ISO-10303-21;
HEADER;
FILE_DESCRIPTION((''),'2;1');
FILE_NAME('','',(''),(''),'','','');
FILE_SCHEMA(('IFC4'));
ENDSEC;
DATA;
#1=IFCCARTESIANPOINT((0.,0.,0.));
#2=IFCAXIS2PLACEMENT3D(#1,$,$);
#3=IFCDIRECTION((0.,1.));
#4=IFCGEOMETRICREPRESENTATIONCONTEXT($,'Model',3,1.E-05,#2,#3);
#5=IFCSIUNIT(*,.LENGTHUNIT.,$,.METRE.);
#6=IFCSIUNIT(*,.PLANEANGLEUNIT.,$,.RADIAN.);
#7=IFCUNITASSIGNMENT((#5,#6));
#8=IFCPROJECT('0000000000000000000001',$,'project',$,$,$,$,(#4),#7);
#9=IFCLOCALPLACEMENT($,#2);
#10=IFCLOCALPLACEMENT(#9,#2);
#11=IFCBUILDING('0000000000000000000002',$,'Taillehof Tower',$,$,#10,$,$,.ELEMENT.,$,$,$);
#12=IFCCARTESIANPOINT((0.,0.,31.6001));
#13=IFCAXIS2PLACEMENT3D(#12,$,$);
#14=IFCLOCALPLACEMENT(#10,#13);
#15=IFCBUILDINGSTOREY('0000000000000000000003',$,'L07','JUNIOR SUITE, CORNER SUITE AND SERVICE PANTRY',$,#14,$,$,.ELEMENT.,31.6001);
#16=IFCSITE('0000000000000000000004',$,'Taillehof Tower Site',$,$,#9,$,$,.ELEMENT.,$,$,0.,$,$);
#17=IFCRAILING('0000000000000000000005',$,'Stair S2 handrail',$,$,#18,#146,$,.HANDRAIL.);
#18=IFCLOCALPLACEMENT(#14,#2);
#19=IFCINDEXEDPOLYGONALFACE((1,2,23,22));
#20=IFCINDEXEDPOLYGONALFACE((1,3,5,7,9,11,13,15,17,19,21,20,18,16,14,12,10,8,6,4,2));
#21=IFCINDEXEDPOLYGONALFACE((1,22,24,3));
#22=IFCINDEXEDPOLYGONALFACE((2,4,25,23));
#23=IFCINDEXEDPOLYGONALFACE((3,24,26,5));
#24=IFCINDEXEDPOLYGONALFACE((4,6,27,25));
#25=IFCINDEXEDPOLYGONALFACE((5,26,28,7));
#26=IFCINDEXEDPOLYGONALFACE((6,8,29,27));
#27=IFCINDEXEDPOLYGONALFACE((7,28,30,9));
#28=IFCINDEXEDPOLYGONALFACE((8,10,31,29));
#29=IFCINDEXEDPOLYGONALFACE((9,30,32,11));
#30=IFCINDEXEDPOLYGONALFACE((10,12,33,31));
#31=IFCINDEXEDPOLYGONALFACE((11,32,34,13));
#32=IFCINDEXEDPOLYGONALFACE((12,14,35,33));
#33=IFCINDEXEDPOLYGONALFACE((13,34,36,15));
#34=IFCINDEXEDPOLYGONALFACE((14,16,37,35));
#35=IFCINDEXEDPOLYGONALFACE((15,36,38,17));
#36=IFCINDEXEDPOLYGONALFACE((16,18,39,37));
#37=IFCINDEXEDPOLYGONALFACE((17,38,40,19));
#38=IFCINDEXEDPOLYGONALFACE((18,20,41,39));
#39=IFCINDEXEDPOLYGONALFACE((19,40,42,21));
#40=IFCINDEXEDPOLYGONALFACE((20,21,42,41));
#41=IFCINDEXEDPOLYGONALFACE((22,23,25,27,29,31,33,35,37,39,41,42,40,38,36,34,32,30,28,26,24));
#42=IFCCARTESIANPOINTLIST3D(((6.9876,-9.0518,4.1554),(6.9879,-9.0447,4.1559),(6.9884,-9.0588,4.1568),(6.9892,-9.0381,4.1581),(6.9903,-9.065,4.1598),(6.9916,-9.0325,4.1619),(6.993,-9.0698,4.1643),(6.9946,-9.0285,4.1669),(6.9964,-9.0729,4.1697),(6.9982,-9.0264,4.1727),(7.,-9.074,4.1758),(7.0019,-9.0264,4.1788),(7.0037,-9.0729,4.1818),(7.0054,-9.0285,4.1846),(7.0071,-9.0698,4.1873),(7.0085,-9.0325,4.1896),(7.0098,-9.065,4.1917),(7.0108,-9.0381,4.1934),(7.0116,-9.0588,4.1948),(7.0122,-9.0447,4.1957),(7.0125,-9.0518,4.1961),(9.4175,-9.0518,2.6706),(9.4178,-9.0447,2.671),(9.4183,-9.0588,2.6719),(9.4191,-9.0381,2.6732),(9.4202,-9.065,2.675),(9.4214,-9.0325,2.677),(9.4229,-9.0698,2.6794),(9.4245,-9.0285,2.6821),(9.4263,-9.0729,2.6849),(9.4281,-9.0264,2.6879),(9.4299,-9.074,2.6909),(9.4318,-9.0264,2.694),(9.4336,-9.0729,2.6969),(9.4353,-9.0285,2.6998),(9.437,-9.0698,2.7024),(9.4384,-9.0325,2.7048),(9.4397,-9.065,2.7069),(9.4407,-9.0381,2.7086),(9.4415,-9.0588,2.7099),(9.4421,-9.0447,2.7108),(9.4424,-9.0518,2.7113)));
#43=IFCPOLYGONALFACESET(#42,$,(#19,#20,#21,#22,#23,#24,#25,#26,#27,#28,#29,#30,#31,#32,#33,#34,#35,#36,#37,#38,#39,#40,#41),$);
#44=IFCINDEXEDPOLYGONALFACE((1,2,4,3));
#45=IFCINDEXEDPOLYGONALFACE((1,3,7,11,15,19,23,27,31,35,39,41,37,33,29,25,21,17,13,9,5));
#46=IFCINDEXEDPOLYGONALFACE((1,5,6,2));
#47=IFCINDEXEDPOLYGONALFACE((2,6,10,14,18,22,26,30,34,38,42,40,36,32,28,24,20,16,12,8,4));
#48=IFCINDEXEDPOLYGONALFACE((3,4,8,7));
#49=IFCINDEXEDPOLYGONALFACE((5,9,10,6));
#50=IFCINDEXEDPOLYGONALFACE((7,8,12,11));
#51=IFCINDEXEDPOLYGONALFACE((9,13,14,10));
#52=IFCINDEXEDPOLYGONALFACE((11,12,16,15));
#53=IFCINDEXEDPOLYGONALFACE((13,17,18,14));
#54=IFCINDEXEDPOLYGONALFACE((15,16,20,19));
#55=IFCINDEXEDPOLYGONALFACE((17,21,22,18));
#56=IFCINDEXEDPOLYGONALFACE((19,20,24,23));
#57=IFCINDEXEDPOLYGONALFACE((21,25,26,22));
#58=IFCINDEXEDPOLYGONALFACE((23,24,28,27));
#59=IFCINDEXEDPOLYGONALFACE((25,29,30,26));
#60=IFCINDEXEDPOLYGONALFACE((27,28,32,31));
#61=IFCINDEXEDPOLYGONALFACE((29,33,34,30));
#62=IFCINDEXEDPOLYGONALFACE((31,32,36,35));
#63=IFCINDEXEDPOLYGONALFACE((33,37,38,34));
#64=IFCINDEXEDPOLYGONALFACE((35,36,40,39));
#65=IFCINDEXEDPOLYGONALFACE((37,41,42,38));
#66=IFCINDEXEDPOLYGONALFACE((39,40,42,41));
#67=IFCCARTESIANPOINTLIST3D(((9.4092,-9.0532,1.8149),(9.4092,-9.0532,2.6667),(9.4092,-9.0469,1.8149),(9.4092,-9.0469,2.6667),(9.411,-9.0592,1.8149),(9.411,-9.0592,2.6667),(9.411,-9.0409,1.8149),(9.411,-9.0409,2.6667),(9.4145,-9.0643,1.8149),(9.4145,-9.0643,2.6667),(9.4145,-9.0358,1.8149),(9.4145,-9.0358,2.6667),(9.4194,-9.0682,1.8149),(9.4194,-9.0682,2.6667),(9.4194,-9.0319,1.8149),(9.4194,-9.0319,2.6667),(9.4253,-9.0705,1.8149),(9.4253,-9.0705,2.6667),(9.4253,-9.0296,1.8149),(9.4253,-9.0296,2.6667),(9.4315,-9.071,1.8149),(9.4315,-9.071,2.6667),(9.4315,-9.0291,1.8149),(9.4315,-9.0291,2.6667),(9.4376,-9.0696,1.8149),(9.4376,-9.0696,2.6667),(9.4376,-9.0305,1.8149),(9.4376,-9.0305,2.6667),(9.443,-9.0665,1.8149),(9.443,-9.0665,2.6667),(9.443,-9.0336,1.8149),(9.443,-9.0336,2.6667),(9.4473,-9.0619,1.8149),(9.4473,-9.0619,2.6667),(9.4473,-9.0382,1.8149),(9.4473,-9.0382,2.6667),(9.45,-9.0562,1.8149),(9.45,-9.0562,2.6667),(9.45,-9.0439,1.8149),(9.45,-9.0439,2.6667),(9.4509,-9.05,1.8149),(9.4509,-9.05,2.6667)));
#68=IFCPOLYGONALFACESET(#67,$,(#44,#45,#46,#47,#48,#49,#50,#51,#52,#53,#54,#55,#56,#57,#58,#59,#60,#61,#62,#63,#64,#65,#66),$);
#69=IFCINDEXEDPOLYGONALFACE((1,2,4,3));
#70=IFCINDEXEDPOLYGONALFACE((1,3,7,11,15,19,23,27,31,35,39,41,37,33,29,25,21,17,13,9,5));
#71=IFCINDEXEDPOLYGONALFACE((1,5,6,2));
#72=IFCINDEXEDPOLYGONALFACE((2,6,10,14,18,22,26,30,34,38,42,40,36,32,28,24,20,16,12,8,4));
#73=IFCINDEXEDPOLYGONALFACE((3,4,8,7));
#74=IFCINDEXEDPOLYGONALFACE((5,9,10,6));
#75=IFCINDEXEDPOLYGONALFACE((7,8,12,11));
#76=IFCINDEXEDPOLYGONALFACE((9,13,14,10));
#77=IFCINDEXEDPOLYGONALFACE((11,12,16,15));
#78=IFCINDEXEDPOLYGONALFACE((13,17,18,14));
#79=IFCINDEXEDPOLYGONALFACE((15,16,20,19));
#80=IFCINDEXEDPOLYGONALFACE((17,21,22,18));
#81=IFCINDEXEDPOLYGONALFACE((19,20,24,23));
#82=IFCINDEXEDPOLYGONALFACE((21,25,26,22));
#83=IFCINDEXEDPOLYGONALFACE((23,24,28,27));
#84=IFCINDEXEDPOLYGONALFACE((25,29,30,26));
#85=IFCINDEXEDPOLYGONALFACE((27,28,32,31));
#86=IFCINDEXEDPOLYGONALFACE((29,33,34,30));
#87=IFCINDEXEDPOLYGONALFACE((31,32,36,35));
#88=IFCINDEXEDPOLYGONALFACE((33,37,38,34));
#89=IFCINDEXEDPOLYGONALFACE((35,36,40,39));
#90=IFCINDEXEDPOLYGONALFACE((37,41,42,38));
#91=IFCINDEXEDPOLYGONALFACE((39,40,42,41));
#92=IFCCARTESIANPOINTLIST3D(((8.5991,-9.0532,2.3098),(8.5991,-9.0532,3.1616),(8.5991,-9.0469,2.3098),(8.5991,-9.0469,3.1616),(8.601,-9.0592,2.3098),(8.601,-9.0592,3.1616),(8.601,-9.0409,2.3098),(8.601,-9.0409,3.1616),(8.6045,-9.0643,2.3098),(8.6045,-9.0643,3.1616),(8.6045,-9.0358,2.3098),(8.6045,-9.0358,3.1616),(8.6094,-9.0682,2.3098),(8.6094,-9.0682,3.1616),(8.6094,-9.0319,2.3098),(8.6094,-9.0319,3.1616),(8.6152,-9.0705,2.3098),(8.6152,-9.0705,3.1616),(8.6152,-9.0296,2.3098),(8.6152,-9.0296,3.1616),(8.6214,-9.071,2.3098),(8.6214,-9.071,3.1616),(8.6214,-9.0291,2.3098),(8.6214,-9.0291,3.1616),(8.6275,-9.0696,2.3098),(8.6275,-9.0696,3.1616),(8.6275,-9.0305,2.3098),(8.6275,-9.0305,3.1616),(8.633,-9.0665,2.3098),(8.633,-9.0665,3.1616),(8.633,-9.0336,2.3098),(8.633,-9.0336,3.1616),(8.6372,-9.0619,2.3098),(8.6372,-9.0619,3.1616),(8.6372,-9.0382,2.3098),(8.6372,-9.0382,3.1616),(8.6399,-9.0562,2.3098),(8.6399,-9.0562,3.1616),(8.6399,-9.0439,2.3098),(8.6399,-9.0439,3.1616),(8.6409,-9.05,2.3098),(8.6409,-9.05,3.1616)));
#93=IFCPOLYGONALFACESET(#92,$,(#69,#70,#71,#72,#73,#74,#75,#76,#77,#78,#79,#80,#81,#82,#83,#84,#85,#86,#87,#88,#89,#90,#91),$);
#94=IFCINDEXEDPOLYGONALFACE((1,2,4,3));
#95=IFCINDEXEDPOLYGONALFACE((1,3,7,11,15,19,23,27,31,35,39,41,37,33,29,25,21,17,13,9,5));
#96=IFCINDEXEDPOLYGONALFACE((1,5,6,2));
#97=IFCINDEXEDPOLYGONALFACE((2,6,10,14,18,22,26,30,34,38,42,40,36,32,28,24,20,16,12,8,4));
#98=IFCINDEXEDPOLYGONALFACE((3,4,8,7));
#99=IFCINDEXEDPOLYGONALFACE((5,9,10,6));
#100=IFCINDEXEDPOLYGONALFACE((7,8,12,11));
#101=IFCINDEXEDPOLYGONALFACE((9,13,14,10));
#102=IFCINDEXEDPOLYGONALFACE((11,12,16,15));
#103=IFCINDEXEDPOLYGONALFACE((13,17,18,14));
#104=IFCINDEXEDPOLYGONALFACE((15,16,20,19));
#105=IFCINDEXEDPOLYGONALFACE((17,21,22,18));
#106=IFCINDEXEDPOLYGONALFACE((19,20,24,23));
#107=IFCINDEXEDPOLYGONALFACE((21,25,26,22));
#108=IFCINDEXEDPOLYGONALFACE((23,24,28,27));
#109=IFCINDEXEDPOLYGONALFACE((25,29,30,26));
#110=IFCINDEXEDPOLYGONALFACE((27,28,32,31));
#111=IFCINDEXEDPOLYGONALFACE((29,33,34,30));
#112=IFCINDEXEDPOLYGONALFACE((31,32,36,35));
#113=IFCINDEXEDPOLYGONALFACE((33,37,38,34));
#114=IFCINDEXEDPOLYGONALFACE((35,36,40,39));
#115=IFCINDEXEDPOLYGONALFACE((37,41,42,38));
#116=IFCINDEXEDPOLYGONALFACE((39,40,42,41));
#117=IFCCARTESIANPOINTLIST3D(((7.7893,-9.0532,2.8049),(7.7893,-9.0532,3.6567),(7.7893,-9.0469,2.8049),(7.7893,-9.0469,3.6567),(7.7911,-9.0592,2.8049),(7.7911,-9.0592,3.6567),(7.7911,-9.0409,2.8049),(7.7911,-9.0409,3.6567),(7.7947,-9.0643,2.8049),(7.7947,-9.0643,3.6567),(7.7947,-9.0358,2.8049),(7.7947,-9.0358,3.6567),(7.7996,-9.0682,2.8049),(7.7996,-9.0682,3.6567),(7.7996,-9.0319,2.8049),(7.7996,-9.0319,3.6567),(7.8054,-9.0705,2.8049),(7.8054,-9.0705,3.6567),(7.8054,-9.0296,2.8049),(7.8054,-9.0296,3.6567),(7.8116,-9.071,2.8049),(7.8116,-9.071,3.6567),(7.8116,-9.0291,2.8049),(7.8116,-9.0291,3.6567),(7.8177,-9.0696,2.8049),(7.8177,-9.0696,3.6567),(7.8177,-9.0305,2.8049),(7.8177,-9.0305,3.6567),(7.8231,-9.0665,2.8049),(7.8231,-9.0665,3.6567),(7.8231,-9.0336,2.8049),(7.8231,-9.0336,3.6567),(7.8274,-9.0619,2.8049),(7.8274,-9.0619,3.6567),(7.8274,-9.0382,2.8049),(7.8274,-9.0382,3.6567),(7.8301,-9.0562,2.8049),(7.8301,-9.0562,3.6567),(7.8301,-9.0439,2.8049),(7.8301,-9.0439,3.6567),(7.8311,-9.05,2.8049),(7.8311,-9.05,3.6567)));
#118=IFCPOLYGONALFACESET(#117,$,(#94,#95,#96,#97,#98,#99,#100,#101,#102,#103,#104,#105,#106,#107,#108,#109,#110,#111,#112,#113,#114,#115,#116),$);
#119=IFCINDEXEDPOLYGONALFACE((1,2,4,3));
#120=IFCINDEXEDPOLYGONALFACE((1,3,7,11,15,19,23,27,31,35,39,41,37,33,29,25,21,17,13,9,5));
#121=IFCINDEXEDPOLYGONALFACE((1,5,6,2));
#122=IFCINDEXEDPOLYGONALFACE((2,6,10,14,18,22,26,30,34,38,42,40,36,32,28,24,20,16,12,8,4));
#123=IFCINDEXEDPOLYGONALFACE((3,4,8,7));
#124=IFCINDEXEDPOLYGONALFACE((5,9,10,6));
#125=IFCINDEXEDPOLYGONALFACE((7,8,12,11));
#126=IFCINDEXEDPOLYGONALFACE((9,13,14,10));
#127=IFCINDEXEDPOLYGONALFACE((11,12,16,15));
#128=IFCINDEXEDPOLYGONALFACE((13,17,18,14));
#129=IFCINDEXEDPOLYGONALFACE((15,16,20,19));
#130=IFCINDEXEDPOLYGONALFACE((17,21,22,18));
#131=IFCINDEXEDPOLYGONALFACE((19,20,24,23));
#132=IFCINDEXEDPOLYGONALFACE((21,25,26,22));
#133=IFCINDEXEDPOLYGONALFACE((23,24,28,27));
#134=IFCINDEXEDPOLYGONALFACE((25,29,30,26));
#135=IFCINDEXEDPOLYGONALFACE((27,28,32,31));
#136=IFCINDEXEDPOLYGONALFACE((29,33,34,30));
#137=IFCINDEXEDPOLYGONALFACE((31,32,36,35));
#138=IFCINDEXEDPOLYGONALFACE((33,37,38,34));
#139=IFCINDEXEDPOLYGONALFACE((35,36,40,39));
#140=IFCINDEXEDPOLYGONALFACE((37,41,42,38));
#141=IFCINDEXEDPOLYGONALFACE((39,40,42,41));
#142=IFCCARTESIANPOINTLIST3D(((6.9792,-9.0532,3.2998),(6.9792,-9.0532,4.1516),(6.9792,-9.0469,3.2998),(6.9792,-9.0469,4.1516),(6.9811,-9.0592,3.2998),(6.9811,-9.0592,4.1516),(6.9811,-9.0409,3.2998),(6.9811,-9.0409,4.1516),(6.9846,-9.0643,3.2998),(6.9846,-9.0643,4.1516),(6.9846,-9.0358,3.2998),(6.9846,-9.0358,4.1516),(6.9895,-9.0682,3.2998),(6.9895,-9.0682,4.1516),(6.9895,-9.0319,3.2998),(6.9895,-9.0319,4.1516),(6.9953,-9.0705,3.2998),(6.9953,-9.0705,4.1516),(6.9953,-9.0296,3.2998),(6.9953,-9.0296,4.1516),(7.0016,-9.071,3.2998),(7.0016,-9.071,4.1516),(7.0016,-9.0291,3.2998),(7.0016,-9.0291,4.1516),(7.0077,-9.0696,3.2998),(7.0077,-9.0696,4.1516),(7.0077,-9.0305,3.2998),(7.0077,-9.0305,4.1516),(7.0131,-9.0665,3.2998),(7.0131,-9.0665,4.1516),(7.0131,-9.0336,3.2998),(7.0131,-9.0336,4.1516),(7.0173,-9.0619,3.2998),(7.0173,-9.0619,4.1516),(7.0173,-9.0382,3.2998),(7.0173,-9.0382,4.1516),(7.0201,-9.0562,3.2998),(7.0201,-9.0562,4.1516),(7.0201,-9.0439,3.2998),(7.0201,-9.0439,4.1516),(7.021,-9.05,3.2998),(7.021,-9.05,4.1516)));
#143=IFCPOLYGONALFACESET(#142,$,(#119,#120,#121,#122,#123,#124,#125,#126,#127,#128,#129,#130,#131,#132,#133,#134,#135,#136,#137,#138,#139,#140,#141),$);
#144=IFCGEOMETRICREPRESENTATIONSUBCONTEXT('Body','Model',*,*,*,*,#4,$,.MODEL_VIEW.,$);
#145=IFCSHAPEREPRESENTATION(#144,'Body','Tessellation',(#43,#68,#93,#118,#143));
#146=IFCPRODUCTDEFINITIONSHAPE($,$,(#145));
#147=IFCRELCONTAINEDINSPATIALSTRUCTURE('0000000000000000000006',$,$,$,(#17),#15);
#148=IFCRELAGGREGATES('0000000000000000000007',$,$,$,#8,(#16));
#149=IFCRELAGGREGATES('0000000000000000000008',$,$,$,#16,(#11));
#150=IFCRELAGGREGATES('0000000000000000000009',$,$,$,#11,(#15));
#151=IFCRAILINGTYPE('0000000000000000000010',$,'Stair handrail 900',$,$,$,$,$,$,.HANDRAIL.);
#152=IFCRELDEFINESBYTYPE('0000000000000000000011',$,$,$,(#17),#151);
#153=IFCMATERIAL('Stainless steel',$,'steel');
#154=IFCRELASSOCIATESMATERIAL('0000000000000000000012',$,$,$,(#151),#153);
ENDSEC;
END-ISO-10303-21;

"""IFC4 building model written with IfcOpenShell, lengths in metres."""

from ifc_helpers import new_model, si_unit, direction, frame, origin, origin_2d, place, context, subcontext, project, spatial, circle, extrude, material, type_object, element, save


model = new_model("IFC4")

# Units and contexts
model_context = context("Model", 3, precision=1e-05, world=origin(), true_north=direction((0.0, 1.0)))
body_context = subcontext(model_context, "Body", "Model", "MODEL_VIEW")
ifc_project = project(units=[si_unit("LENGTHUNIT", "METRE"), si_unit("PLANEANGLEUNIT", "RADIAN")], contexts=[model_context])

# Site, building, storey
site_placement = place(None, origin())
site = spatial("IfcSite", under=ifc_project, at=site_placement, Name="Taillehof Tower Site", CompositionType="ELEMENT", RefElevation=0.0)
building_placement = place(site_placement, origin())
building = spatial("IfcBuilding", under=site, at=building_placement, Name="Taillehof Tower", CompositionType="ELEMENT")
storey_placement = place(building_placement, frame((0.0, 0.0, 31.6001)))
storey = spatial("IfcBuildingStorey", under=building, at=storey_placement, Name="L07", Description="JUNIOR SUITE, CORNER SUITE AND SERVICE PANTRY", CompositionType="ELEMENT", Elevation=31.6001)

# Railing
ifc_material_1 = material(Name="Stainless steel", Category="steel")
railing_type = type_object("IfcRailingType", Name="Stair handrail 900", PredefinedType="HANDRAIL", material=ifc_material_1)
railing_1_placement = place(storey_placement, frame((9.4299, -9.05, 1.8149)))
element("IfcRailing", 1, at=railing_1_placement, inside=storey, type_object=railing_type, Name="Stair S2 handrail", PredefinedType="HANDRAIL", context=body_context, shape_type="SweptSolid", body=[
    extrude(circle(Radius=0.0239, at=origin_2d()), frame((0.0, 0.0, 0.876), z_axis=(-0.853297, 0.0, 0.521426), x_axis=(0.0, -1.0, 0.0)), (0.0, 0.0, 1.0), 2.8477),
    extrude(circle(Radius=0.021, at=origin_2d()), origin(), (0.0, 0.0, 1.0), 0.8518),
    extrude(circle(Radius=0.021, at=origin_2d()), frame((-0.8101, 0.0, 0.4949)), (0.0, 0.0, 1.0), 0.8518),
    extrude(circle(Radius=0.021, at=origin_2d()), frame((-1.6199, 0.0, 0.99)), (0.0, 0.0, 1.0), 0.8518),
    extrude(circle(Radius=0.021, at=origin_2d()), frame((-2.4299, 0.0, 1.4849)), (0.0, 0.0, 1.0), 0.8518),
])

save(model, "model.ifc")
